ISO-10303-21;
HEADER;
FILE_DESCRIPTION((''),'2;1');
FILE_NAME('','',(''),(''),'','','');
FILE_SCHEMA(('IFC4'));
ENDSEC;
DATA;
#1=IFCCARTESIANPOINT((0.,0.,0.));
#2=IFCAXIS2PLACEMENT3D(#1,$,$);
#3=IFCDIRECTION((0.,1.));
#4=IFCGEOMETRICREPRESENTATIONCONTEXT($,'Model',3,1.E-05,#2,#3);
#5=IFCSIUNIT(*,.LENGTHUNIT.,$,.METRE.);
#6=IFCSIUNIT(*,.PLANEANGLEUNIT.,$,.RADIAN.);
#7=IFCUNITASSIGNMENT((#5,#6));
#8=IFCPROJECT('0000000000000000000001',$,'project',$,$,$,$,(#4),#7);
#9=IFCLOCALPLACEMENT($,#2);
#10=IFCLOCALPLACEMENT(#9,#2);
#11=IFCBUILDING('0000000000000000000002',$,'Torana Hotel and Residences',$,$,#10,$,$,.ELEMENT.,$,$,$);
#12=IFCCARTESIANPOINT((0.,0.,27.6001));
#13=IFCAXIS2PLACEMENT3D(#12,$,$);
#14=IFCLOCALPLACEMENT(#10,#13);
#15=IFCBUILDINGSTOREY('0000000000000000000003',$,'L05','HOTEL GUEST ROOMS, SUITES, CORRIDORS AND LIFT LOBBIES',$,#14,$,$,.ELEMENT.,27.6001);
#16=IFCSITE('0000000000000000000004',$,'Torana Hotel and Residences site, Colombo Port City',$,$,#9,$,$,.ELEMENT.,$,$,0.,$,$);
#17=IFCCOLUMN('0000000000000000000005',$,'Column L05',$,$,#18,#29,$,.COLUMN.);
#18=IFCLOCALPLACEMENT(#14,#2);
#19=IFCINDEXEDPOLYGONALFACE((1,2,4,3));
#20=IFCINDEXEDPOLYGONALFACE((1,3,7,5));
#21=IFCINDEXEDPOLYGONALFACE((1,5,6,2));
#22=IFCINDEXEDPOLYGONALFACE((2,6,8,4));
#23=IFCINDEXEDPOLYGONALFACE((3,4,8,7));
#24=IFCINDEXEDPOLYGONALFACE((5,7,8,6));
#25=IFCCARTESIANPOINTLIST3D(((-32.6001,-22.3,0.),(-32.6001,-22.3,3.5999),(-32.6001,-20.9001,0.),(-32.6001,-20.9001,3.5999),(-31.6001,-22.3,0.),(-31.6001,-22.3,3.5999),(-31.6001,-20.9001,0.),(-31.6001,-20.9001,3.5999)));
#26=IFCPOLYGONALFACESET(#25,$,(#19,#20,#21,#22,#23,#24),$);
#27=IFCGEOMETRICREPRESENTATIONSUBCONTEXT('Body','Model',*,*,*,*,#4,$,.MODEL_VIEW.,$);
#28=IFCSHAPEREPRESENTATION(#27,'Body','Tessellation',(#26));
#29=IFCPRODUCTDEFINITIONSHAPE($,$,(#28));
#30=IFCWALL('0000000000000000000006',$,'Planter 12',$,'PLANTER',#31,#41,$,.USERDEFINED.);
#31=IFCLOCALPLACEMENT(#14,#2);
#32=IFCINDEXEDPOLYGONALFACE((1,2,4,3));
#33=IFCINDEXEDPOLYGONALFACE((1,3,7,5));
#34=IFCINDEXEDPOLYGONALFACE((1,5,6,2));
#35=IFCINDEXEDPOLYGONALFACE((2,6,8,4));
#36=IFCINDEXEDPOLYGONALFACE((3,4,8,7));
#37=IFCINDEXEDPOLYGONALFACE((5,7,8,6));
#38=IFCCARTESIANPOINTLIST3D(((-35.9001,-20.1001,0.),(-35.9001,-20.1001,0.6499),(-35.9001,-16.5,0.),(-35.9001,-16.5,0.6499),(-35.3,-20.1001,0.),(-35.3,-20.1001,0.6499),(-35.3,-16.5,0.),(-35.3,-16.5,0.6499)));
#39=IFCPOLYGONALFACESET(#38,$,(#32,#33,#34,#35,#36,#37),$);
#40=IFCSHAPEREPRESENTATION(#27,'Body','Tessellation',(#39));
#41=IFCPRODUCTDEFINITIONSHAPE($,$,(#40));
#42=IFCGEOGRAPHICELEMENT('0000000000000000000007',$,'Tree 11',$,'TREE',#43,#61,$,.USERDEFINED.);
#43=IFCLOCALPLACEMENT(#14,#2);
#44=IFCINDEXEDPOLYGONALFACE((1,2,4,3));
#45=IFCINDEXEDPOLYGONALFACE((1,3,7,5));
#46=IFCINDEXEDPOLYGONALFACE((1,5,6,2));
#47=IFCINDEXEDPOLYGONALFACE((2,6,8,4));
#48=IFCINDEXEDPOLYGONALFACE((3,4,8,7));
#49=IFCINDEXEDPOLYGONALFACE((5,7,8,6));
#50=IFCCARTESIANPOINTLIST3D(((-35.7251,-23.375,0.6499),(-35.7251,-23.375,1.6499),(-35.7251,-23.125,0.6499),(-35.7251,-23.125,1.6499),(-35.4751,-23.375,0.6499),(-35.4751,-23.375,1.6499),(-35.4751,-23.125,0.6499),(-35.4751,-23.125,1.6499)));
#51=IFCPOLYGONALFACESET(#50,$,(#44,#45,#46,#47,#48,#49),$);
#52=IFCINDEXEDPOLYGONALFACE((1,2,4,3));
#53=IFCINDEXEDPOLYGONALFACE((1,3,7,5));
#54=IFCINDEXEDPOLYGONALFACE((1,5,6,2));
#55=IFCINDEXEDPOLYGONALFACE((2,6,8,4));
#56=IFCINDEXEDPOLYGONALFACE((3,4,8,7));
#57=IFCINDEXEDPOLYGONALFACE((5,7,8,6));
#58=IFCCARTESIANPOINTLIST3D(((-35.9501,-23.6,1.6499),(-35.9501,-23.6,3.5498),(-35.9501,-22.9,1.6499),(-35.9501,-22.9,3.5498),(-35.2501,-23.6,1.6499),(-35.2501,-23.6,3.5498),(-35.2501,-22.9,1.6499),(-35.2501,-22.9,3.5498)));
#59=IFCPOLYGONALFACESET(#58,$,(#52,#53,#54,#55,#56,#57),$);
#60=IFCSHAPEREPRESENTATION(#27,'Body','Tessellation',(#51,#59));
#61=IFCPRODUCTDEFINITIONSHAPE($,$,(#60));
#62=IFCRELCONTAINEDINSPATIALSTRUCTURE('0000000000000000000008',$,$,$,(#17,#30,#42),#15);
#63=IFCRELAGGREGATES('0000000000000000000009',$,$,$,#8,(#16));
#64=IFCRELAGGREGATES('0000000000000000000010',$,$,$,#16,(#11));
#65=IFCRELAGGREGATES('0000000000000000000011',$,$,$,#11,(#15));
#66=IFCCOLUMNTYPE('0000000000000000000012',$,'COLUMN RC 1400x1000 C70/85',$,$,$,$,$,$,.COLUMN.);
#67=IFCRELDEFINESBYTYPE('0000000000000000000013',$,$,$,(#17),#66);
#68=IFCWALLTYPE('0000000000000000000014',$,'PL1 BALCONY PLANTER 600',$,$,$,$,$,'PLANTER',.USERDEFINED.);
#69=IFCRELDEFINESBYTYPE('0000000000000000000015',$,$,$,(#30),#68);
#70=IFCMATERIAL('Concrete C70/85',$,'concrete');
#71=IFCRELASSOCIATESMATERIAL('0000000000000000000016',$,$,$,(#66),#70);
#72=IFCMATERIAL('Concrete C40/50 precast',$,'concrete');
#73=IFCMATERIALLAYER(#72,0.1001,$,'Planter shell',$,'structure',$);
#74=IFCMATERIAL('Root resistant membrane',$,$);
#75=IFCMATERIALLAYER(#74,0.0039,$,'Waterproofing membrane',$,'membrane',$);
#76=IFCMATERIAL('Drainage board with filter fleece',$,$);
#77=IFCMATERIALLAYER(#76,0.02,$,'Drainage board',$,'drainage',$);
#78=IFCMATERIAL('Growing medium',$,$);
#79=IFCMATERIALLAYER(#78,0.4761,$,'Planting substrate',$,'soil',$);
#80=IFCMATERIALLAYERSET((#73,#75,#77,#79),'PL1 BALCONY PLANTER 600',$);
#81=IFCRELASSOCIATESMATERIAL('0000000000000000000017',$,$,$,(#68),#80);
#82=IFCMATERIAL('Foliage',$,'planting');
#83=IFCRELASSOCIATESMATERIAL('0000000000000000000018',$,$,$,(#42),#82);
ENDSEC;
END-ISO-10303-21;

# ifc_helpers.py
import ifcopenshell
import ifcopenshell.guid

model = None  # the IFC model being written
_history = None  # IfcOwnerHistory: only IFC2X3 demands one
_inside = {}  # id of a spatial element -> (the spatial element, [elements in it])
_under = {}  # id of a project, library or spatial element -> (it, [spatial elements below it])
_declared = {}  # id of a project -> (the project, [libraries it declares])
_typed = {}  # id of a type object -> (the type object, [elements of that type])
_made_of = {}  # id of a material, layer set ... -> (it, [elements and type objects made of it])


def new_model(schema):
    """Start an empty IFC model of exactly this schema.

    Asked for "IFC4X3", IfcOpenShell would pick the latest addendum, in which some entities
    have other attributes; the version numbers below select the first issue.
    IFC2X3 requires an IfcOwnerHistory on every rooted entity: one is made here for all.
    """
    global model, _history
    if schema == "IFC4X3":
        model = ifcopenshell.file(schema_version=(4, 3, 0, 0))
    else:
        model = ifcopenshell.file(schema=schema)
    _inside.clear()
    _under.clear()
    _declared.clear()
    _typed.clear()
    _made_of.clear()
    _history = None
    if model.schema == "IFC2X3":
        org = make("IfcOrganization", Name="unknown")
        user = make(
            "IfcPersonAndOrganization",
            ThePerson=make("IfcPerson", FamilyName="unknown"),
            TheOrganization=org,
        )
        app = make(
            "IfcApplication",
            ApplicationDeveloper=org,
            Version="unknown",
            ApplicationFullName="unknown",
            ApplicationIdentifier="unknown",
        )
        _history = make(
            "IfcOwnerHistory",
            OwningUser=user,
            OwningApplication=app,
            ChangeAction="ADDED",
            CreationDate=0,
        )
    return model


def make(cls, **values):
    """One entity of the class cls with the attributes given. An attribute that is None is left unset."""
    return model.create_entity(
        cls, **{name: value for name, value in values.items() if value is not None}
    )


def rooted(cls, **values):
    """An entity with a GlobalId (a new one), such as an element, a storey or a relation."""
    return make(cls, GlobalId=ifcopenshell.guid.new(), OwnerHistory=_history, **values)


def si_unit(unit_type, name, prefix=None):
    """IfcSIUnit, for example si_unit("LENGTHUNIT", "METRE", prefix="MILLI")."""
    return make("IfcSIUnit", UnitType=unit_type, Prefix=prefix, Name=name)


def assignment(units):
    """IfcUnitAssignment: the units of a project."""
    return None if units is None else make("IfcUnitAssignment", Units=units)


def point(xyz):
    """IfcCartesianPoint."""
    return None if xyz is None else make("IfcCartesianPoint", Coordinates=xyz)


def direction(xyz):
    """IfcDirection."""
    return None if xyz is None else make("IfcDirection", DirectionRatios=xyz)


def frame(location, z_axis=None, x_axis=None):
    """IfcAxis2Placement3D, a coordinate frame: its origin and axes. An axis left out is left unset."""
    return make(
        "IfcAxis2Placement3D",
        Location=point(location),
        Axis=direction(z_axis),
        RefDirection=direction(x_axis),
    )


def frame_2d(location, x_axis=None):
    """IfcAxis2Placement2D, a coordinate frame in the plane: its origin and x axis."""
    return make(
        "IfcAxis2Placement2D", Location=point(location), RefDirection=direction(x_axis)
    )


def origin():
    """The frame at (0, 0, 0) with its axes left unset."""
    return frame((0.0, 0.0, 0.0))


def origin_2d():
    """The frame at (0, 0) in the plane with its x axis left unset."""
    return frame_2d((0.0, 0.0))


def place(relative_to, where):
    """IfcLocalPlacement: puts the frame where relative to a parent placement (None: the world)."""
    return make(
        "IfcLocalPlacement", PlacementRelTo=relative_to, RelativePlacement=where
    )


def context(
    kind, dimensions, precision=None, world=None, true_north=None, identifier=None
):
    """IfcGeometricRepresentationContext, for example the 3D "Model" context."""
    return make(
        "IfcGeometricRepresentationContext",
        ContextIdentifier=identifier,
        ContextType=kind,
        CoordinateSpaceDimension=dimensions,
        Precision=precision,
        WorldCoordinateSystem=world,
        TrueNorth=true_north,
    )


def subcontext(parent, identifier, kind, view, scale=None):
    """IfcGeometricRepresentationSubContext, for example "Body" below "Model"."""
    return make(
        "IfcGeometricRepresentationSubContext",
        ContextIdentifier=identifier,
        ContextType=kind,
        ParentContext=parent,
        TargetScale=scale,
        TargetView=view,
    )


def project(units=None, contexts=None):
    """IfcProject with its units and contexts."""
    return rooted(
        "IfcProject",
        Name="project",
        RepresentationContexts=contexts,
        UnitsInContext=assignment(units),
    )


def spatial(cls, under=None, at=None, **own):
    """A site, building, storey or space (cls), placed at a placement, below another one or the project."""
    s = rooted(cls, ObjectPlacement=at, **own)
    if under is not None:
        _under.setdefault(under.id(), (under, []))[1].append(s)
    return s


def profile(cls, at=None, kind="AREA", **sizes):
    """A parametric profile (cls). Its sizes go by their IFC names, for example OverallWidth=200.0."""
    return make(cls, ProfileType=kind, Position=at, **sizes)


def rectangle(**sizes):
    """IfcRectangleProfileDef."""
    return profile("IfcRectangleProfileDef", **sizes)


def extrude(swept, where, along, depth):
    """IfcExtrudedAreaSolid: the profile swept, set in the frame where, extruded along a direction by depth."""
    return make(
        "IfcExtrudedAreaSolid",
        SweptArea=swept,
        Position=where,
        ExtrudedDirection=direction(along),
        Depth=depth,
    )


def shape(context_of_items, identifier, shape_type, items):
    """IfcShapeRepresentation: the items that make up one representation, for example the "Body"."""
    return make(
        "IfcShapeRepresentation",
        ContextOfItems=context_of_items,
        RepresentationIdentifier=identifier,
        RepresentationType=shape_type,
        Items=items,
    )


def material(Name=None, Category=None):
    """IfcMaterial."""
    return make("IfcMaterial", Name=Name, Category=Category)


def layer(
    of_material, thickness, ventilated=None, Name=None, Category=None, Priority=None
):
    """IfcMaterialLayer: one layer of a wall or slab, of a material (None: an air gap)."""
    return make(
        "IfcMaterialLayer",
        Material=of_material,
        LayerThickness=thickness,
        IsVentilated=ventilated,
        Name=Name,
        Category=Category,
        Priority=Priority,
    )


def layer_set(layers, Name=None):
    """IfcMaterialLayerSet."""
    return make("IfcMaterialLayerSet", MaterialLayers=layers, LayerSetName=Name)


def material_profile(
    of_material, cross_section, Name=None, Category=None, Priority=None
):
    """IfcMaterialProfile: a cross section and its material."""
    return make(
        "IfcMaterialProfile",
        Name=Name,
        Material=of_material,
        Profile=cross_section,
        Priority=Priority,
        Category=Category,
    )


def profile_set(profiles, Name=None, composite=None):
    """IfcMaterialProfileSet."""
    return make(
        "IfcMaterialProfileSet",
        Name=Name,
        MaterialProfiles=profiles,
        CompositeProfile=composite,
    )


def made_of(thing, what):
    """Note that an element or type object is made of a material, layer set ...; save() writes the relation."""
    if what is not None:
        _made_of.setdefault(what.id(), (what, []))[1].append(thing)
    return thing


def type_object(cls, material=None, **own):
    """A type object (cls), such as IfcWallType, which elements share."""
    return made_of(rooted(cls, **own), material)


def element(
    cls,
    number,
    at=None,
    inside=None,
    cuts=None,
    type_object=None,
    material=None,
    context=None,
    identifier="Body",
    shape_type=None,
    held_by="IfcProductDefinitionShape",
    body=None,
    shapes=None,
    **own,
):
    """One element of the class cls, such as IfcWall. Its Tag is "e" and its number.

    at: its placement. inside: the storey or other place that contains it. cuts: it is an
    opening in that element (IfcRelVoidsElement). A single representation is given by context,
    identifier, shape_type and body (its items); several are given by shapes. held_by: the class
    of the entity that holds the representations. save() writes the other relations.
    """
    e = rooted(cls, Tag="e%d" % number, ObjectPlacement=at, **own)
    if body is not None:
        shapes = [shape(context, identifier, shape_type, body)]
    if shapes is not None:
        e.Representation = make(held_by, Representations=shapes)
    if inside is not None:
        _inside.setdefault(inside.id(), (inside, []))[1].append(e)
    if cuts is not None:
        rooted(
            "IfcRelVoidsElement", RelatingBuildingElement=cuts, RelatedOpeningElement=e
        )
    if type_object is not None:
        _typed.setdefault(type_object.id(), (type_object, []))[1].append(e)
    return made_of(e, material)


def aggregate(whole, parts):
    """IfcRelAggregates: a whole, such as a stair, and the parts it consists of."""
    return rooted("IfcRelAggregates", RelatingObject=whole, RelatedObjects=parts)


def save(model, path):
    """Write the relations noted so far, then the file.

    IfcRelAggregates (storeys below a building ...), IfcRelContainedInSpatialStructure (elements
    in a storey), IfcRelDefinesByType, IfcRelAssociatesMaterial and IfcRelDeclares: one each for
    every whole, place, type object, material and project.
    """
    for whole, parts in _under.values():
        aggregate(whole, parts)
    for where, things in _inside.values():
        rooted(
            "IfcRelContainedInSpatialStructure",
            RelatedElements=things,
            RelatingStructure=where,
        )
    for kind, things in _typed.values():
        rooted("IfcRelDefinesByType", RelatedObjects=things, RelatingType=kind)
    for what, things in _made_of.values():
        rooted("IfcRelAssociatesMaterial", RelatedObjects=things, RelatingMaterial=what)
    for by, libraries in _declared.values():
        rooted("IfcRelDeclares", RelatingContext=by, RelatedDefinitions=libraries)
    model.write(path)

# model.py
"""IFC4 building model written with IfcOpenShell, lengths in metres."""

from ifc_helpers import new_model, si_unit, direction, frame, frame_2d, origin, origin_2d, place, context, subcontext, project, spatial, rectangle, extrude, material, layer, layer_set, material_profile, profile_set, type_object, element, save


model = new_model("IFC4")

# Units and contexts
model_context = context("Model", 3, precision=1e-05, world=origin(), true_north=direction((0.0, 1.0)))
body_context = subcontext(model_context, "Body", "Model", "MODEL_VIEW")
ifc_project = project(units=[si_unit("LENGTHUNIT", "METRE"), si_unit("PLANEANGLEUNIT", "RADIAN")], contexts=[model_context])

# Site, building, storey
site_placement = place(None, origin())
site = spatial("IfcSite", under=ifc_project, at=site_placement, Name="Torana Hotel and Residences site, Colombo Port City", CompositionType="ELEMENT", RefElevation=0.0)
building_placement = place(site_placement, origin())
building = spatial("IfcBuilding", under=site, at=building_placement, Name="Torana Hotel and Residences", CompositionType="ELEMENT")
storey_placement = place(building_placement, frame((0.0, 0.0, 27.6001)))
storey = spatial("IfcBuildingStorey", under=building, at=storey_placement, Name="L05", Description="HOTEL GUEST ROOMS, SUITES, CORRIDORS AND LIFT LOBBIES", CompositionType="ELEMENT", Elevation=27.6001)

# Column
ifc_material_1 = material(Name="Concrete C70/85", Category="concrete")
ifc_material_profile = material_profile(ifc_material_1, rectangle(XDim=1.3999, YDim=1.0, at=origin_2d()), Name="RC 1400x1000")
ifc_profile_set = profile_set([ifc_material_profile], Name="Concrete C70/85")
column_type = type_object("IfcColumnType", Name="COLUMN RC 1400x1000 C70/85", PredefinedType="COLUMN", material=ifc_profile_set)
column_placement = place(storey_placement, frame((-32.1001, -21.6001, 0.0), z_axis=(0.0, 0.0, 1.0), x_axis=(0.0, 1.0, 0.0)))
element("IfcColumn", 1, at=column_placement, inside=storey, type_object=column_type, Name="Column L05", PredefinedType="COLUMN", context=body_context, shape_type="SweptSolid", body=[
    extrude(rectangle(XDim=1.3999, YDim=1.0, at=origin_2d()), origin(), (0.0, 0.0, 1.0), 3.5999),
])

# Wall
ifc_material_2 = material(Name="Concrete C40/50 precast", Category="concrete")
ifc_layer_1 = layer(ifc_material_2, 0.1001, Name="Planter shell", Category="structure")
ifc_material_3 = material(Name="Root resistant membrane")
ifc_layer_2 = layer(ifc_material_3, 0.0039, Name="Waterproofing membrane", Category="membrane")
ifc_material_4 = material(Name="Drainage board with filter fleece")
ifc_layer_3 = layer(ifc_material_4, 0.02, Name="Drainage board", Category="drainage")
ifc_material_5 = material(Name="Growing medium")
ifc_layer_4 = layer(ifc_material_5, 0.4761, Name="Planting substrate", Category="soil")
ifc_layer_set = layer_set([ifc_layer_1, ifc_layer_2, ifc_layer_3, ifc_layer_4], Name="PL1 BALCONY PLANTER 600")
wall_type = type_object("IfcWallType", Name="PL1 BALCONY PLANTER 600", ElementType="PLANTER", PredefinedType="USERDEFINED", material=ifc_layer_set)
wall_placement = place(storey_placement, frame((-35.6001, -20.1001, 0.0), z_axis=(0.0, 0.0, 1.0), x_axis=(0.0, 1.0, 0.0)))
element("IfcWall", 2, at=wall_placement, inside=storey, type_object=wall_type, Name="Planter 12", ObjectType="PLANTER", PredefinedType="USERDEFINED", context=body_context, shape_type="SweptSolid", body=[
    extrude(rectangle(XDim=3.6001, YDim=0.6001, at=frame_2d((1.8, 0.0))), origin(), (0.0, 0.0, 1.0), 0.6499),
])

# Geographic element
ifc_material_6 = material(Name="Foliage", Category="planting")
geographic_element_placement = place(storey_placement, frame((-35.6001, -23.25, 0.6499), z_axis=(0.0, 0.0, 1.0), x_axis=(1.0, 0.0, 0.0)))
element("IfcGeographicElement", 3, at=geographic_element_placement, inside=storey, material=ifc_material_6, Name="Tree 11", ObjectType="TREE", PredefinedType="USERDEFINED", context=body_context, shape_type="SweptSolid", body=[
    extrude(rectangle(XDim=0.25, YDim=0.25, at=origin_2d()), origin(), (0.0, 0.0, 1.0), 1.0),
    extrude(rectangle(XDim=0.7, YDim=0.7, at=origin_2d()), frame((0.0, 0.0, 1.0)), (0.0, 0.0, 1.0), 1.8999),
])

save(model, "model.ifc")
